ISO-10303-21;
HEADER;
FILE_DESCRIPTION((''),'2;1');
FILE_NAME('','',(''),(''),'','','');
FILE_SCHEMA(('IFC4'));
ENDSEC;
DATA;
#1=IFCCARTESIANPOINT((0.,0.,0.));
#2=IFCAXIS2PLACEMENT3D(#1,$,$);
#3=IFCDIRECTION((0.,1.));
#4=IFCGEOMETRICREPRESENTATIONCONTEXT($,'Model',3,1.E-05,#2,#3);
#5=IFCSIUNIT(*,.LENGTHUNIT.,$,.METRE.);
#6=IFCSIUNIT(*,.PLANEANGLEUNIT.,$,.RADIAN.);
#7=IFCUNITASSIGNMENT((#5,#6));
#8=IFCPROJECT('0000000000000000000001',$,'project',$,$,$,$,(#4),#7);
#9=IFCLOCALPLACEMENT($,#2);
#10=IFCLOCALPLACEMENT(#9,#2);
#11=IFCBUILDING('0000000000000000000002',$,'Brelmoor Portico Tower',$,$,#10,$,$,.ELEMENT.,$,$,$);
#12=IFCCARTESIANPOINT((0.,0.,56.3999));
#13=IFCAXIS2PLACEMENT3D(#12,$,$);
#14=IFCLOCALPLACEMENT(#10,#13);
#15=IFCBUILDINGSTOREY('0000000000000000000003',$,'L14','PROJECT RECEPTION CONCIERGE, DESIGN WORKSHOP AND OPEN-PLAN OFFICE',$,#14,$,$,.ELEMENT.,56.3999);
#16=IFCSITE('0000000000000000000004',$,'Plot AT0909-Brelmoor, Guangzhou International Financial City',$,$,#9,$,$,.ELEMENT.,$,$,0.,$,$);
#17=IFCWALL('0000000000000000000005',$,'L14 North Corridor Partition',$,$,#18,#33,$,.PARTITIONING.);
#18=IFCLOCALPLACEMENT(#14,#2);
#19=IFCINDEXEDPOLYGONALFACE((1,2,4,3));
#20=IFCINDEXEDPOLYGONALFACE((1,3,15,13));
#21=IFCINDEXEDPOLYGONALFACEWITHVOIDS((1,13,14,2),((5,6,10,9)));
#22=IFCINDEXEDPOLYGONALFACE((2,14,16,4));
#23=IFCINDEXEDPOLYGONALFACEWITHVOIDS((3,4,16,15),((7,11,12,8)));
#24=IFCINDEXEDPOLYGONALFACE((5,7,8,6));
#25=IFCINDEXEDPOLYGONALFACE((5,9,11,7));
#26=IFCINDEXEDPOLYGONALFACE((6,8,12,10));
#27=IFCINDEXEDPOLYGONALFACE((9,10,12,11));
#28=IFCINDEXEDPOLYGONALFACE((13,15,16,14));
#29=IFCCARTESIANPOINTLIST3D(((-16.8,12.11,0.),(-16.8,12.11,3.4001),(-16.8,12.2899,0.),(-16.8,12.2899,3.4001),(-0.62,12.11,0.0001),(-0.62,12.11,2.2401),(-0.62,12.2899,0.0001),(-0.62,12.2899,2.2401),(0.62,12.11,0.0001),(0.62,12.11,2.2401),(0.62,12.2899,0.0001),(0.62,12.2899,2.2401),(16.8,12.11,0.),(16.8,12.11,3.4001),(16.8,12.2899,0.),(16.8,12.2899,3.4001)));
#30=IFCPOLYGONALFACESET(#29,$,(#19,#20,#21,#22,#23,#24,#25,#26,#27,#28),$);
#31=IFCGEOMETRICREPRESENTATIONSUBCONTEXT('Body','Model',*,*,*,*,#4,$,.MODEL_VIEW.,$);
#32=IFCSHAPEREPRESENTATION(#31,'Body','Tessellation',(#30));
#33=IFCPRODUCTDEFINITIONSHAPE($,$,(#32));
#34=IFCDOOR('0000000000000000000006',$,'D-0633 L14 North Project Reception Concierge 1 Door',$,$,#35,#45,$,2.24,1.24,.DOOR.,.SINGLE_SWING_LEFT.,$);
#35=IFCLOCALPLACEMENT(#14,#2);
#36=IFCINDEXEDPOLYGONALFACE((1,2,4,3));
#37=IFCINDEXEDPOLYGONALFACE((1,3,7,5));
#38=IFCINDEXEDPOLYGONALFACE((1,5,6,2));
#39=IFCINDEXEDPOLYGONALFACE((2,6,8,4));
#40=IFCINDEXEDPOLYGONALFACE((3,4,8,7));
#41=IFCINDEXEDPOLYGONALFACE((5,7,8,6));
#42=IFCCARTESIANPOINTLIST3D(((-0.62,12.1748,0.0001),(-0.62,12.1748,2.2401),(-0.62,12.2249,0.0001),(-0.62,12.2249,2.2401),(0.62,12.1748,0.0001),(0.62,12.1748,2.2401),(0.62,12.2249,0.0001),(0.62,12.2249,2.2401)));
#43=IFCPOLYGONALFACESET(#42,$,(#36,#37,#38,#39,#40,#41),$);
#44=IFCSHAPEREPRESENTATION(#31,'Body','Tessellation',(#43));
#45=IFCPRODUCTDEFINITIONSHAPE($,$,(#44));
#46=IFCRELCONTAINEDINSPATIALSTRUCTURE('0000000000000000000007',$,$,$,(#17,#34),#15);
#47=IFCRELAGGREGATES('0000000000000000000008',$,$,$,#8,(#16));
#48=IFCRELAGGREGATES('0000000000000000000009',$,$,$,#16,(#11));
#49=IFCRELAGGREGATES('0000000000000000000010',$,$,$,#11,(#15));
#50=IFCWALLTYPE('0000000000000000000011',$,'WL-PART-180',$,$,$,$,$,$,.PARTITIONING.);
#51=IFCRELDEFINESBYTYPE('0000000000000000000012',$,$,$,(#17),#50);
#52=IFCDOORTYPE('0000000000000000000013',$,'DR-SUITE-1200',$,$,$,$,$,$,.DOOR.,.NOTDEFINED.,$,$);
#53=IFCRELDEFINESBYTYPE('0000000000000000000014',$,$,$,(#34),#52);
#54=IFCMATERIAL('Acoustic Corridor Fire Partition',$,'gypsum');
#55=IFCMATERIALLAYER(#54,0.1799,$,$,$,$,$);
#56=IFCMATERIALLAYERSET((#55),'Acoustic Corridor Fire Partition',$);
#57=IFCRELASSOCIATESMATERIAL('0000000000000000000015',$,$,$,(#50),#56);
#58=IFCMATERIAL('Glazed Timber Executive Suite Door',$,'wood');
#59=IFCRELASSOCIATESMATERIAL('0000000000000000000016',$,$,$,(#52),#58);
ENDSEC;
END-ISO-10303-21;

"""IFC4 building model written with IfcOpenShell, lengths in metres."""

from ifc_helpers import new_model, si_unit, direction, frame, frame_2d, origin, place, context, subcontext, project, spatial, rectangle, extrude, material, layer, layer_set, type_object, element, fill, save


model = new_model("IFC4")

# Units and contexts
model_context = context("Model", 3, precision=1e-05, world=origin(), true_north=direction((0.0, 1.0)))
body_context = subcontext(model_context, "Body", "Model", "MODEL_VIEW")
ifc_project = project(units=[si_unit("LENGTHUNIT", "METRE"), si_unit("PLANEANGLEUNIT", "RADIAN")], contexts=[model_context])

# Site, building, storey
site_placement = place(None, origin())
site = spatial("IfcSite", under=ifc_project, at=site_placement, Name="Plot AT0909-Brelmoor, Guangzhou International Financial City", CompositionType="ELEMENT", RefElevation=0.0)
building_placement = place(site_placement, origin())
building = spatial("IfcBuilding", under=site, at=building_placement, Name="Brelmoor Portico Tower", CompositionType="ELEMENT")
storey_placement = place(building_placement, frame((0.0, 0.0, 56.3999)))
storey = spatial("IfcBuildingStorey", under=building, at=storey_placement, Name="L14", Description="PROJECT RECEPTION CONCIERGE, DESIGN WORKSHOP AND OPEN-PLAN OFFICE", CompositionType="ELEMENT", Elevation=56.3999)

# Wall, opening, door
ifc_material_1 = material(Name="Acoustic Corridor Fire Partition", Category="gypsum")
ifc_layer_1 = layer(ifc_material_1, 0.1799)
ifc_layer_set_1 = layer_set([ifc_layer_1], Name="Acoustic Corridor Fire Partition")
wall_type_1 = type_object("IfcWallType", Name="WL-PART-180", PredefinedType="PARTITIONING", material=ifc_layer_set_1)
wall_1_placement = place(storey_placement, frame((-16.8, 12.2, 0.0), z_axis=(0.0, 0.0, 1.0), x_axis=(1.0, 0.0, 0.0)))
wall_1 = element("IfcWall", 1, at=wall_1_placement, inside=storey, type_object=wall_type_1, Name="L14 North Corridor Partition", PredefinedType="PARTITIONING", context=body_context, shape_type="SweptSolid", body=[
    extrude(rectangle(XDim=33.6001, YDim=0.1799, at=frame_2d((16.8, 0.0))), origin(), (0.0, 0.0, 1.0), 3.4001),
])
opening_1_placement = place(wall_1_placement, frame((16.1799, 0.0, 0.0)))
opening_1 = element("IfcOpeningElement", 2, at=opening_1_placement, cuts=wall_1, PredefinedType="OPENING", context=body_context, shape_type="SweptSolid", body=[
    extrude(rectangle(XDim=1.24, YDim=2.24, at=frame_2d((0.6201, 1.1201))), frame((0.0, 0.0999, 0.0), z_axis=(0.0, -1.0, 0.0), x_axis=(1.0, 0.0, 0.0)), (0.0, 0.0, 1.0), 0.2),
])
ifc_material_2 = material(Name="Glazed Timber Executive Suite Door", Category="wood")
door_type_1 = type_object("IfcDoorType", Name="DR-SUITE-1200", OperationType="NOTDEFINED", PredefinedType="DOOR", material=ifc_material_2)
door_1_placement = place(opening_1_placement, origin())
door_1 = element("IfcDoor", 3, at=door_1_placement, inside=storey, type_object=door_type_1, Name="D-0633 L14 North Project Reception Concierge 1 Door", OperationType="SINGLE_SWING_LEFT", OverallHeight=2.24, OverallWidth=1.24, PredefinedType="DOOR", context=body_context, shape_type="SweptSolid", body=[
    extrude(rectangle(XDim=1.24, YDim=2.24, at=frame_2d((0.6201, 1.1201))), frame((0.0, 0.0249, 0.0), z_axis=(0.0, -1.0, 0.0), x_axis=(1.0, 0.0, 0.0)), (0.0, 0.0, 1.0), 0.05),
])
fill(opening_1, door_1)

save(model, "model.ifc")
